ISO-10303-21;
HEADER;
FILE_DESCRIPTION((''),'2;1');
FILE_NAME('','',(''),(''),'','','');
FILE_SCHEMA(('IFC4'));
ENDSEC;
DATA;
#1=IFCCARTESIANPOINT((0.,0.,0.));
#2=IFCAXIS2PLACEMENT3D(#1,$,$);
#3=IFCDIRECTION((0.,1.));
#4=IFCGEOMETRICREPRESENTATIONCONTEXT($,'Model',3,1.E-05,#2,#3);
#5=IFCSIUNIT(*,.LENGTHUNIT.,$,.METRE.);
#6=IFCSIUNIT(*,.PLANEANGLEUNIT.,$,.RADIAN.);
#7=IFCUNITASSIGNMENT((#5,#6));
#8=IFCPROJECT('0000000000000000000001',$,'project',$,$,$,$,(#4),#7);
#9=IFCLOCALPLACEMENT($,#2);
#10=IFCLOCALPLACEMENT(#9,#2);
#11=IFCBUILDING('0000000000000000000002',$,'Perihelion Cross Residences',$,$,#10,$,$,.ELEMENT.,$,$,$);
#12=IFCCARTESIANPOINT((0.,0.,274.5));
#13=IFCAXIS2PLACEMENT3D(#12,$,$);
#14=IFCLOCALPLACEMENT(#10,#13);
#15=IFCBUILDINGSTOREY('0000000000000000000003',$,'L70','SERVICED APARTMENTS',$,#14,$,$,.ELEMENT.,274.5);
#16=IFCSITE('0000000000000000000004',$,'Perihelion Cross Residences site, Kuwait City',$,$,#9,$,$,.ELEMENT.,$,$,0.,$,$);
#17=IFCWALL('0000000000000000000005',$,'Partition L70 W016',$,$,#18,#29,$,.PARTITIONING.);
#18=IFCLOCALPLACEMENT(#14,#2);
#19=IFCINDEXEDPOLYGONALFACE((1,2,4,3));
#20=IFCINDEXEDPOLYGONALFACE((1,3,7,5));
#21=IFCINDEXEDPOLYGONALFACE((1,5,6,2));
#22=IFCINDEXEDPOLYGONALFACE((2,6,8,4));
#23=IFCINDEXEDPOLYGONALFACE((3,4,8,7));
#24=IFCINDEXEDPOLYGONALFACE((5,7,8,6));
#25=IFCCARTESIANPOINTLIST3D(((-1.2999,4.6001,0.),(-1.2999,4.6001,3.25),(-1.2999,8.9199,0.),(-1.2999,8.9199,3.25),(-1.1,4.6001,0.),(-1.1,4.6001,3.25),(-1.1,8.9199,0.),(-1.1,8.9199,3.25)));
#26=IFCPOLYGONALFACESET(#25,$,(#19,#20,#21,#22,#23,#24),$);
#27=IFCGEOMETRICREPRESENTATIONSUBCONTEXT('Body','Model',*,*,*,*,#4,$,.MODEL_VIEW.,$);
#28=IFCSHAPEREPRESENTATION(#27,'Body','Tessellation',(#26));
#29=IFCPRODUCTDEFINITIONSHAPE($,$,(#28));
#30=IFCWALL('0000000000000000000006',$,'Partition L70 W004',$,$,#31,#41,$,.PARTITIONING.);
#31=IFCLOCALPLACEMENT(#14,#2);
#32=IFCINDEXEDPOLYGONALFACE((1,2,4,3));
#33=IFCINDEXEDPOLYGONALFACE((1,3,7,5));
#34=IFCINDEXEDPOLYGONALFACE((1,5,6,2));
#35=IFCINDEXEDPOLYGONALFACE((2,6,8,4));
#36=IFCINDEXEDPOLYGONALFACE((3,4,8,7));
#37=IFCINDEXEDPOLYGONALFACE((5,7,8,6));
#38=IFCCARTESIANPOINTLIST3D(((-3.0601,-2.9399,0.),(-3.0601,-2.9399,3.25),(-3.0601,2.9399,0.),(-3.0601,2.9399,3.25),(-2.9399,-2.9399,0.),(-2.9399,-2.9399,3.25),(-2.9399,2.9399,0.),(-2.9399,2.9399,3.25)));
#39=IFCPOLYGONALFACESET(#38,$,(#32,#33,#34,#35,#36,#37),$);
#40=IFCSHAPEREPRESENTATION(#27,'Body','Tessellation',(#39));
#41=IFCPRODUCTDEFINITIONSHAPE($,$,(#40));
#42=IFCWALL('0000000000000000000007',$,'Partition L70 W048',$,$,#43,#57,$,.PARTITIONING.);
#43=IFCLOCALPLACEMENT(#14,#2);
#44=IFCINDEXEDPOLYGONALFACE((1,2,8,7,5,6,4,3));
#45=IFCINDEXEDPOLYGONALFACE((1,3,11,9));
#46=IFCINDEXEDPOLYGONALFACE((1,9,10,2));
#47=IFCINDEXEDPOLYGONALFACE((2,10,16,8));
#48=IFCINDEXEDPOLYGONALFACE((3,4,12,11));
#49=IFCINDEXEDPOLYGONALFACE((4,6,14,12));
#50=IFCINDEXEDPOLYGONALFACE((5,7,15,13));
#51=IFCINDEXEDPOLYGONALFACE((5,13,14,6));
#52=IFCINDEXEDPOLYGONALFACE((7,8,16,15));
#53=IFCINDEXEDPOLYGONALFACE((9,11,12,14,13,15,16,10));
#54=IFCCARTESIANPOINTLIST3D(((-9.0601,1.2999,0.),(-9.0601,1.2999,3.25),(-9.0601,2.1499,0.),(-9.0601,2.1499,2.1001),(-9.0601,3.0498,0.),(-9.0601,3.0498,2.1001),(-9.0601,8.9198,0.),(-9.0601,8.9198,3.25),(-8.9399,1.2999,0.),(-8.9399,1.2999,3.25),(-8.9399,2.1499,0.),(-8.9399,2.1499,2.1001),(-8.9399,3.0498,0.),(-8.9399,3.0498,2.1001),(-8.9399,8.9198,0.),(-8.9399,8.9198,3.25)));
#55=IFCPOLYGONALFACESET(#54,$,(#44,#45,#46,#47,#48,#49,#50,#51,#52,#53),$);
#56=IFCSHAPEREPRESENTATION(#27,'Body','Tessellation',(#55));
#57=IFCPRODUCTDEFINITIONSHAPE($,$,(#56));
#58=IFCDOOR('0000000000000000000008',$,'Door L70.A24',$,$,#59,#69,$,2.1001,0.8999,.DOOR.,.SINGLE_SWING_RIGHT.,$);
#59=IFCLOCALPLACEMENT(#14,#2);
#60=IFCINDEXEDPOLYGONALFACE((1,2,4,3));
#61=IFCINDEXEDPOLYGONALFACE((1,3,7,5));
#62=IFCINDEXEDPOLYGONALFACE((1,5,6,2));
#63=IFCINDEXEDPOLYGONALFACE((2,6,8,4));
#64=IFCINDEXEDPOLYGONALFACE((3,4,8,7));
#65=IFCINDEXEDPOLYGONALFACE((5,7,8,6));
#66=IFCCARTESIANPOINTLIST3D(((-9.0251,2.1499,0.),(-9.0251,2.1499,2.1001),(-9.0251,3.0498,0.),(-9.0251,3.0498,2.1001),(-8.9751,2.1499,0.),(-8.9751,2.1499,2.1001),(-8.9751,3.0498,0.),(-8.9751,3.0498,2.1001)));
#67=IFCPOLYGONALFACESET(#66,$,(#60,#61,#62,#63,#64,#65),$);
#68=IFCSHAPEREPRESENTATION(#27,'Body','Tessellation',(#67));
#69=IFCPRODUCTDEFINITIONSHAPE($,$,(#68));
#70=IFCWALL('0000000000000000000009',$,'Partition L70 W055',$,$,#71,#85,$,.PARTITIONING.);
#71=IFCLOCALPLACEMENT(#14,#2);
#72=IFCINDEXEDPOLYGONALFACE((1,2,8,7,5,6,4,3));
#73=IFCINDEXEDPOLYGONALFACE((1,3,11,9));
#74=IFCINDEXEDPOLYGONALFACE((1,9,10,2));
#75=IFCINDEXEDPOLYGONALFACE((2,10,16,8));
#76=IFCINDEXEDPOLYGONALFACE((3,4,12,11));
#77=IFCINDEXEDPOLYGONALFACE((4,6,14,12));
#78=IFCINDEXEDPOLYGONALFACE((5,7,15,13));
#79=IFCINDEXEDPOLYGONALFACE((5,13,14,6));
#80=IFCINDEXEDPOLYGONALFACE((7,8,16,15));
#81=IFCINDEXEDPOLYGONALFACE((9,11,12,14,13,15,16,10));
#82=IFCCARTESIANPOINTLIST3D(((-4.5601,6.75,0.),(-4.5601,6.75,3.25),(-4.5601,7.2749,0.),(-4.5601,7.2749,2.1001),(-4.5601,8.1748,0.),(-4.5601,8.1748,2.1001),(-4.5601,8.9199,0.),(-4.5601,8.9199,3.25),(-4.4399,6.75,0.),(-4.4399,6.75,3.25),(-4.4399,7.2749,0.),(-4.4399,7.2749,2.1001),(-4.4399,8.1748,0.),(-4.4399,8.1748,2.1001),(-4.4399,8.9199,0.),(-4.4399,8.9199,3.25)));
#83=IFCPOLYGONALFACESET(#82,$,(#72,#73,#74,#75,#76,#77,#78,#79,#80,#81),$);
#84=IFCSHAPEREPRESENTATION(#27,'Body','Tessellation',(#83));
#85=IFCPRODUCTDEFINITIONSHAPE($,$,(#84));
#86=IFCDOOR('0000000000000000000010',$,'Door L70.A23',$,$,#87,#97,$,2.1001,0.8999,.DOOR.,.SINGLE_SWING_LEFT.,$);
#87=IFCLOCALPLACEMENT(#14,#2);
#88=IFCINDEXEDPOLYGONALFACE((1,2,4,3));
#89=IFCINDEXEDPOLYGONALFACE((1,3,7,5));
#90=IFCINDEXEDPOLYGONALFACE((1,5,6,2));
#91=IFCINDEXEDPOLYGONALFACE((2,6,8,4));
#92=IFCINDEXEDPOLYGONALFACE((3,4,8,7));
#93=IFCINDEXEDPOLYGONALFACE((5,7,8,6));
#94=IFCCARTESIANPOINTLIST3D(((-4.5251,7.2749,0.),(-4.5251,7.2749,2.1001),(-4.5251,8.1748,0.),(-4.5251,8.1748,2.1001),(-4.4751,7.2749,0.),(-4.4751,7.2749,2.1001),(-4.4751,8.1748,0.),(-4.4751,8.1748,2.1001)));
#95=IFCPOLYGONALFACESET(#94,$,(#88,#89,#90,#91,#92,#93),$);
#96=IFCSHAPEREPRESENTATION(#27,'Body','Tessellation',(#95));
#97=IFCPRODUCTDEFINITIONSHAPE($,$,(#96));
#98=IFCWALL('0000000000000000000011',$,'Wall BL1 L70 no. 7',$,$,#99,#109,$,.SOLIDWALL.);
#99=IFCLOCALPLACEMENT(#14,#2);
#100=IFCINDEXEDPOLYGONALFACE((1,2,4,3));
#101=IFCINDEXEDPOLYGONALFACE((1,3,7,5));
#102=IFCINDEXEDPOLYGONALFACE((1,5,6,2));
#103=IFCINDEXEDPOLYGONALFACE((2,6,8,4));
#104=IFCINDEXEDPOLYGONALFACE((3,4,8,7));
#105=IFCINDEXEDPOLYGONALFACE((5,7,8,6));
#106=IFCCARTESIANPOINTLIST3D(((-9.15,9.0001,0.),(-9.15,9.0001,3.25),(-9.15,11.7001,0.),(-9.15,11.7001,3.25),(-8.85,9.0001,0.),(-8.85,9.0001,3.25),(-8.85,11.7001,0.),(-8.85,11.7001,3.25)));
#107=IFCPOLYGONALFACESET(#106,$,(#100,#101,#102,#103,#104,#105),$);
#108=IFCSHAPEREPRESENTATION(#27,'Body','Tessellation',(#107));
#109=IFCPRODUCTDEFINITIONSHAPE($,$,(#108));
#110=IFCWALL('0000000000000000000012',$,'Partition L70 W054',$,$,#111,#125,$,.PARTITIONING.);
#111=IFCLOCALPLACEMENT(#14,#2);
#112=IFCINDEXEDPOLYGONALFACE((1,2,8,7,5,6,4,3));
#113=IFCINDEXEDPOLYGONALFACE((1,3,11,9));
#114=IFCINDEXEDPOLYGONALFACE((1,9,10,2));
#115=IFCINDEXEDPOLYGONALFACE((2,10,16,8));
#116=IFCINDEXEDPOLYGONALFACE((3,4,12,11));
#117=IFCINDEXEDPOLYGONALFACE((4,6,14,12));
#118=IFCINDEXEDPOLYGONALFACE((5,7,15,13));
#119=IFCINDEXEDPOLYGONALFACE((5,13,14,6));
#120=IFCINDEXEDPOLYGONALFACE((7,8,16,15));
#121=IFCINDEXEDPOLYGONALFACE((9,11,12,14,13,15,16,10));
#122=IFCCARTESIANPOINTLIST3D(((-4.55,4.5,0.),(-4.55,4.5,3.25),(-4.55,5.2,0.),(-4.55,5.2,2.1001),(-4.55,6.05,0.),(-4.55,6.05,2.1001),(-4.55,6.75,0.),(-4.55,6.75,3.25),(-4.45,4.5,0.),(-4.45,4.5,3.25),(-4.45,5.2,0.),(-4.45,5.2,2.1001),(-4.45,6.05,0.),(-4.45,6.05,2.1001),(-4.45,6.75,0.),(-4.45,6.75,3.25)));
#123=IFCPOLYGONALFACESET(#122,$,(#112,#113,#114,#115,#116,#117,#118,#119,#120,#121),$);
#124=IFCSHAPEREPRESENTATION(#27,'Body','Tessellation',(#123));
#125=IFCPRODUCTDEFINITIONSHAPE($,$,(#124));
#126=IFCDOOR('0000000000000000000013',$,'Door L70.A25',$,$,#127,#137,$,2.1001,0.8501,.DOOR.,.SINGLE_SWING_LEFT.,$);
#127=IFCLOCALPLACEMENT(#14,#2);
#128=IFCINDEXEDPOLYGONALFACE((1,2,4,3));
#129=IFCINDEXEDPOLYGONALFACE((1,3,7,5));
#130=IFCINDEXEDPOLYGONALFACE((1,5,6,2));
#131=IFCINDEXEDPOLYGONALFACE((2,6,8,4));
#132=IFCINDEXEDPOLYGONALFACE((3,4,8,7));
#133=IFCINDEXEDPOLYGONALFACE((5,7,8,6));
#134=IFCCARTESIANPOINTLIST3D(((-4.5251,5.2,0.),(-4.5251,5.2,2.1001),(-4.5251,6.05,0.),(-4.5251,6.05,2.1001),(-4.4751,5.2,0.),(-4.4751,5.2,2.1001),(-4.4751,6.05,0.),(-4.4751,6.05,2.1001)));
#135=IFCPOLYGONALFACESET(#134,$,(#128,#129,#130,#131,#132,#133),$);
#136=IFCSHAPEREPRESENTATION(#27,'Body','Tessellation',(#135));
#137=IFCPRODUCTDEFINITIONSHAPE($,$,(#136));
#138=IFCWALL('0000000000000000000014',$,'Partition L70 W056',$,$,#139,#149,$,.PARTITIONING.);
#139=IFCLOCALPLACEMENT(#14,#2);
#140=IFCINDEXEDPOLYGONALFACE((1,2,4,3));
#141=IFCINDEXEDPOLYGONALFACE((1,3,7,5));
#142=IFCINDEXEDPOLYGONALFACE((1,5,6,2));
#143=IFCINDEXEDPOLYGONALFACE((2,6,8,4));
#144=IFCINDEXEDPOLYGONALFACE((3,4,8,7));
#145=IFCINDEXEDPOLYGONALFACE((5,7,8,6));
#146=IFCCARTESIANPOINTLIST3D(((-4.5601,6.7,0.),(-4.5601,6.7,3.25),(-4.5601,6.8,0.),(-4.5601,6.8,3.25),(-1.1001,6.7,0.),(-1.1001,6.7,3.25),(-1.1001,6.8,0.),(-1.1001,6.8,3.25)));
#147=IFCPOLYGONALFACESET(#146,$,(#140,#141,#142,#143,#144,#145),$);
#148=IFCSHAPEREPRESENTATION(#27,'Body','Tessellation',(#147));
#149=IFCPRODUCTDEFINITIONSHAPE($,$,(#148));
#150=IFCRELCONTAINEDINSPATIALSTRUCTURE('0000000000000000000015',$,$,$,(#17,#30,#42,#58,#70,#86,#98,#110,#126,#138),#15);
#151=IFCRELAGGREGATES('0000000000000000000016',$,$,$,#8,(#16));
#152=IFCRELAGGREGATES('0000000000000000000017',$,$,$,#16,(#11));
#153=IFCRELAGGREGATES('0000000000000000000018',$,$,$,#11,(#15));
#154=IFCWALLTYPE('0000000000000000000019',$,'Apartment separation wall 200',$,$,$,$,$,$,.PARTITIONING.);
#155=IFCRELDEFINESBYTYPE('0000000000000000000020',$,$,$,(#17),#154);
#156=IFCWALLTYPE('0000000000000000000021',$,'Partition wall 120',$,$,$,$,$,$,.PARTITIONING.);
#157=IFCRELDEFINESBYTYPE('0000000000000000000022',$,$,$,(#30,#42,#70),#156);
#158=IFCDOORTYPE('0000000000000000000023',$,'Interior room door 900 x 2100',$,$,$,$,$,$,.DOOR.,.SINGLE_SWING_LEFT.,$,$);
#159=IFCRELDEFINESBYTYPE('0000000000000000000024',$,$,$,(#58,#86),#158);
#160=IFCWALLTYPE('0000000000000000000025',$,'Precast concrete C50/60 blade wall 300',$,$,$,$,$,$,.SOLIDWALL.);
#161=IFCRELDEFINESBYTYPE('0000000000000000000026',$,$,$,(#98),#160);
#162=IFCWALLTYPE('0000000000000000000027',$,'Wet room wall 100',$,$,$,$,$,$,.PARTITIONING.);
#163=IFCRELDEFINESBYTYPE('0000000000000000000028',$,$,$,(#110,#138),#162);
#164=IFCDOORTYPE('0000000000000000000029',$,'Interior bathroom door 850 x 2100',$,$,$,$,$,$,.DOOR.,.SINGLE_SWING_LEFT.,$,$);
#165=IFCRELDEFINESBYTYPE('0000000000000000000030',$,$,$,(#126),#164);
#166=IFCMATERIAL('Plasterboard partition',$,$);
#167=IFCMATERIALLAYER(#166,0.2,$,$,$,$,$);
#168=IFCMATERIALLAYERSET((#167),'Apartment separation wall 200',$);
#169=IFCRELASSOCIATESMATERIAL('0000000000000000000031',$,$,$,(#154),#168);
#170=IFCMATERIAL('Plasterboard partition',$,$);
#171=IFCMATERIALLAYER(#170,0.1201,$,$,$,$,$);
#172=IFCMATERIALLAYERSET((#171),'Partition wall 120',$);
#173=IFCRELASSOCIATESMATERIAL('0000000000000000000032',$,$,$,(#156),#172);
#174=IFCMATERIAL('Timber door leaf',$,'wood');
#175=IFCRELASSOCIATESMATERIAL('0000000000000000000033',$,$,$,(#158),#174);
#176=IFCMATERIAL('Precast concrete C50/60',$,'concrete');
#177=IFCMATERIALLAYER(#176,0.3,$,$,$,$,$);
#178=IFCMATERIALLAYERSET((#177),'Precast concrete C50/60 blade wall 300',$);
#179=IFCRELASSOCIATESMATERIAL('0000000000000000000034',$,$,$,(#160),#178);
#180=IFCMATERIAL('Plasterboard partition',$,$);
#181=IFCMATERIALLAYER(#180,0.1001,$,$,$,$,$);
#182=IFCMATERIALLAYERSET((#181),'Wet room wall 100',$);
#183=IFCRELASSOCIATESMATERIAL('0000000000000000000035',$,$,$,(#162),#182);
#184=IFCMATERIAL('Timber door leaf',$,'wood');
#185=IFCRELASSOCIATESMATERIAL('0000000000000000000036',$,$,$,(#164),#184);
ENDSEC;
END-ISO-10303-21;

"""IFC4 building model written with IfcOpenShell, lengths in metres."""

from ifc_helpers import new_model, si_unit, direction, frame, frame_2d, origin, place, context, subcontext, project, spatial, rectangle, extrude, material, layer, layer_set, type_object, element, fill, save


model = new_model("IFC4")

# Units and contexts
model_context = context("Model", 3, precision=1e-05, world=origin(), true_north=direction((0.0, 1.0)))
body_context = subcontext(model_context, "Body", "Model", "MODEL_VIEW")
ifc_project = project(units=[si_unit("LENGTHUNIT", "METRE"), si_unit("PLANEANGLEUNIT", "RADIAN")], contexts=[model_context])

# Site, building, storey
site_placement = place(None, origin())
site = spatial("IfcSite", under=ifc_project, at=site_placement, Name="Perihelion Cross Residences site, Kuwait City", CompositionType="ELEMENT", RefElevation=0.0)
building_placement = place(site_placement, origin())
building = spatial("IfcBuilding", under=site, at=building_placement, Name="Perihelion Cross Residences", CompositionType="ELEMENT")
storey_placement = place(building_placement, frame((0.0, 0.0, 274.5)))
storey = spatial("IfcBuildingStorey", under=building, at=storey_placement, Name="L70", Description="SERVICED APARTMENTS", CompositionType="ELEMENT", Elevation=274.5)

# Wall
ifc_material_1 = material(Name="Plasterboard partition")
ifc_layer_1 = layer(ifc_material_1, 0.2)
ifc_layer_set_1 = layer_set([ifc_layer_1], Name="Apartment separation wall 200")
wall_type_1 = type_object("IfcWallType", Name="Apartment separation wall 200", PredefinedType="PARTITIONING", material=ifc_layer_set_1)
wall_1_placement = place(storey_placement, frame((-1.2, 4.6001, 0.0), z_axis=(0.0, 0.0, 1.0), x_axis=(0.0, 1.0, 0.0)))
element("IfcWall", 1, at=wall_1_placement, inside=storey, type_object=wall_type_1, Name="Partition L70 W016", PredefinedType="PARTITIONING", context=body_context, shape_type="SweptSolid", body=[
    extrude(rectangle(XDim=4.3198, YDim=0.2, at=frame_2d((2.1599, 0.0))), origin(), (0.0, 0.0, 1.0), 3.25),
])

# Wall
ifc_material_2 = material(Name="Plasterboard partition")
ifc_layer_2 = layer(ifc_material_2, 0.1201)
ifc_layer_set_2 = layer_set([ifc_layer_2], Name="Partition wall 120")
wall_type_2 = type_object("IfcWallType", Name="Partition wall 120", PredefinedType="PARTITIONING", material=ifc_layer_set_2)
wall_2_placement = place(storey_placement, frame((-3.0, 2.9399, 0.0), z_axis=(0.0, 0.0, 1.0), x_axis=(0.0, -1.0, 0.0)))
element("IfcWall", 2, at=wall_2_placement, inside=storey, type_object=wall_type_2, Name="Partition L70 W004", PredefinedType="PARTITIONING", context=body_context, shape_type="SweptSolid", body=[
    extrude(rectangle(XDim=5.8799, YDim=0.1201, at=frame_2d((2.9399, 0.0))), origin(), (0.0, 0.0, 1.0), 3.25),
])

# Walls, openings, doors
wall_3_placement = place(storey_placement, frame((-9.0, 8.9199, 0.0), z_axis=(0.0, 0.0, 1.0), x_axis=(0.0, -1.0, 0.0)))
wall_3 = element("IfcWall", 3, at=wall_3_placement, inside=storey, type_object=wall_type_2, Name="Partition L70 W048", PredefinedType="PARTITIONING", context=body_context, shape_type="SweptSolid", body=[
    extrude(rectangle(XDim=7.6199, YDim=0.1201, at=frame_2d((3.8101, 0.0))), origin(), (0.0, 0.0, 1.0), 3.25),
])
opening_1_placement = place(wall_3_placement, frame((5.8701, 0.0, 0.0)))
opening_1 = element("IfcOpeningElement", 4, at=opening_1_placement, cuts=wall_3, PredefinedType="OPENING", context=body_context, shape_type="SweptSolid", body=[
    extrude(rectangle(XDim=0.8999, YDim=2.1001, at=frame_2d((0.45, 1.05))), frame((0.0, 0.0701, 0.0), z_axis=(0.0, -1.0, 0.0), x_axis=(1.0, 0.0, 0.0)), (0.0, 0.0, 1.0), 0.1401),
])
ifc_material_3 = material(Name="Timber door leaf", Category="wood")
door_type_1 = type_object("IfcDoorType", Name="Interior room door 900 x 2100", OperationType="SINGLE_SWING_LEFT", PredefinedType="DOOR", material=ifc_material_3)
door_1_placement = place(opening_1_placement, origin())
door_1 = element("IfcDoor", 5, at=door_1_placement, inside=storey, type_object=door_type_1, Name="Door L70.A24", OperationType="SINGLE_SWING_RIGHT", OverallHeight=2.1001, OverallWidth=0.8999, PredefinedType="DOOR", context=body_context, shape_type="SweptSolid", body=[
    extrude(rectangle(XDim=0.8999, YDim=2.1001, at=frame_2d((0.45, 1.05))), frame((0.0, 0.0249, 0.0), z_axis=(0.0, -1.0, 0.0), x_axis=(1.0, 0.0, 0.0)), (0.0, 0.0, 1.0), 0.05),
])
fill(opening_1, door_1)
wall_4_placement = place(storey_placement, frame((-4.5, 8.9199, 0.0), z_axis=(0.0, 0.0, 1.0), x_axis=(0.0, -1.0, 0.0)))
wall_4 = element("IfcWall", 6, at=wall_4_placement, inside=storey, type_object=wall_type_2, Name="Partition L70 W055", PredefinedType="PARTITIONING", context=body_context, shape_type="SweptSolid", body=[
    extrude(rectangle(XDim=2.1699, YDim=0.1201, at=frame_2d((1.085, 0.0))), origin(), (0.0, 0.0, 1.0), 3.25),
])
opening_2_placement = place(wall_4_placement, frame((0.7451, 0.0, 0.0)))
opening_2 = element("IfcOpeningElement", 7, at=opening_2_placement, cuts=wall_4, PredefinedType="OPENING", context=body_context, shape_type="SweptSolid", body=[
    extrude(rectangle(XDim=0.8999, YDim=2.1001, at=frame_2d((0.45, 1.05))), frame((0.0, 0.0701, 0.0), z_axis=(0.0, -1.0, 0.0), x_axis=(1.0, 0.0, 0.0)), (0.0, 0.0, 1.0), 0.1401),
])
door_2_placement = place(opening_2_placement, origin())
door_2 = element("IfcDoor", 8, at=door_2_placement, inside=storey, type_object=door_type_1, Name="Door L70.A23", OperationType="SINGLE_SWING_LEFT", OverallHeight=2.1001, OverallWidth=0.8999, PredefinedType="DOOR", context=body_context, shape_type="SweptSolid", body=[
    extrude(rectangle(XDim=0.8999, YDim=2.1001, at=frame_2d((0.45, 1.05))), frame((0.0, 0.0249, 0.0), z_axis=(0.0, -1.0, 0.0), x_axis=(1.0, 0.0, 0.0)), (0.0, 0.0, 1.0), 0.05),
])
fill(opening_2, door_2)

# Wall
ifc_material_4 = material(Name="Precast concrete C50/60", Category="concrete")
ifc_layer_3 = layer(ifc_material_4, 0.3)
ifc_layer_set_3 = layer_set([ifc_layer_3], Name="Precast concrete C50/60 blade wall 300")
wall_type_3 = type_object("IfcWallType", Name="Precast concrete C50/60 blade wall 300", PredefinedType="SOLIDWALL", material=ifc_layer_set_3)
wall_5_placement = place(storey_placement, frame((-9.0, 9.0, 0.0), z_axis=(0.0, 0.0, 1.0), x_axis=(0.0, 1.0, 0.0)))
element("IfcWall", 9, at=wall_5_placement, inside=storey, type_object=wall_type_3, Name="Wall BL1 L70 no. 7", PredefinedType="SOLIDWALL", context=body_context, shape_type="SweptSolid", body=[
    extrude(rectangle(XDim=2.7, YDim=0.3, at=frame_2d((1.3501, 0.0))), origin(), (0.0, 0.0, 1.0), 3.25),
])

# Wall, opening, door
ifc_material_5 = material(Name="Plasterboard partition")
ifc_layer_4 = layer(ifc_material_5, 0.1001)
ifc_layer_set_4 = layer_set([ifc_layer_4], Name="Wet room wall 100")
wall_type_4 = type_object("IfcWallType", Name="Wet room wall 100", PredefinedType="PARTITIONING", material=ifc_layer_set_4)
wall_6_placement = place(storey_placement, frame((-4.5, 6.75, 0.0), z_axis=(0.0, 0.0, 1.0), x_axis=(0.0, -1.0, 0.0)))
wall_6 = element("IfcWall", 10, at=wall_6_placement, inside=storey, type_object=wall_type_4, Name="Partition L70 W054", PredefinedType="PARTITIONING", context=body_context, shape_type="SweptSolid", body=[
    extrude(rectangle(XDim=2.25, YDim=0.1001, at=frame_2d((1.125, 0.0))), origin(), (0.0, 0.0, 1.0), 3.25),
])
opening_3_placement = place(wall_6_placement, frame((0.7, 0.0, 0.0)))
opening_3 = element("IfcOpeningElement", 11, at=opening_3_placement, cuts=wall_6, PredefinedType="OPENING", context=body_context, shape_type="SweptSolid", body=[
    extrude(rectangle(XDim=0.8501, YDim=2.1001, at=frame_2d((0.425, 1.05))), frame((0.0, 0.0601, 0.0), z_axis=(0.0, -1.0, 0.0), x_axis=(1.0, 0.0, 0.0)), (0.0, 0.0, 1.0), 0.1201),
])
ifc_material_6 = material(Name="Timber door leaf", Category="wood")
door_type_2 = type_object("IfcDoorType", Name="Interior bathroom door 850 x 2100", OperationType="SINGLE_SWING_LEFT", PredefinedType="DOOR", material=ifc_material_6)
door_3_placement = place(opening_3_placement, origin())
door_3 = element("IfcDoor", 12, at=door_3_placement, inside=storey, type_object=door_type_2, Name="Door L70.A25", OperationType="SINGLE_SWING_LEFT", OverallHeight=2.1001, OverallWidth=0.8501, PredefinedType="DOOR", context=body_context, shape_type="SweptSolid", body=[
    extrude(rectangle(XDim=0.8501, YDim=2.1001, at=frame_2d((0.425, 1.05))), frame((0.0, 0.0249, 0.0), z_axis=(0.0, -1.0, 0.0), x_axis=(1.0, 0.0, 0.0)), (0.0, 0.0, 1.0), 0.05),
])
fill(opening_3, door_3)

# Wall
wall_7_placement = place(storey_placement, frame((-4.5601, 6.75, 0.0), z_axis=(0.0, 0.0, 1.0), x_axis=(1.0, 0.0, 0.0)))
element("IfcWall", 13, at=wall_7_placement, inside=storey, type_object=wall_type_4, Name="Partition L70 W056", PredefinedType="PARTITIONING", context=body_context, shape_type="SweptSolid", body=[
    extrude(rectangle(XDim=3.46, YDim=0.1001, at=frame_2d((1.73, 0.0))), origin(), (0.0, 0.0, 1.0), 3.25),
])

save(model, "model.ifc")
